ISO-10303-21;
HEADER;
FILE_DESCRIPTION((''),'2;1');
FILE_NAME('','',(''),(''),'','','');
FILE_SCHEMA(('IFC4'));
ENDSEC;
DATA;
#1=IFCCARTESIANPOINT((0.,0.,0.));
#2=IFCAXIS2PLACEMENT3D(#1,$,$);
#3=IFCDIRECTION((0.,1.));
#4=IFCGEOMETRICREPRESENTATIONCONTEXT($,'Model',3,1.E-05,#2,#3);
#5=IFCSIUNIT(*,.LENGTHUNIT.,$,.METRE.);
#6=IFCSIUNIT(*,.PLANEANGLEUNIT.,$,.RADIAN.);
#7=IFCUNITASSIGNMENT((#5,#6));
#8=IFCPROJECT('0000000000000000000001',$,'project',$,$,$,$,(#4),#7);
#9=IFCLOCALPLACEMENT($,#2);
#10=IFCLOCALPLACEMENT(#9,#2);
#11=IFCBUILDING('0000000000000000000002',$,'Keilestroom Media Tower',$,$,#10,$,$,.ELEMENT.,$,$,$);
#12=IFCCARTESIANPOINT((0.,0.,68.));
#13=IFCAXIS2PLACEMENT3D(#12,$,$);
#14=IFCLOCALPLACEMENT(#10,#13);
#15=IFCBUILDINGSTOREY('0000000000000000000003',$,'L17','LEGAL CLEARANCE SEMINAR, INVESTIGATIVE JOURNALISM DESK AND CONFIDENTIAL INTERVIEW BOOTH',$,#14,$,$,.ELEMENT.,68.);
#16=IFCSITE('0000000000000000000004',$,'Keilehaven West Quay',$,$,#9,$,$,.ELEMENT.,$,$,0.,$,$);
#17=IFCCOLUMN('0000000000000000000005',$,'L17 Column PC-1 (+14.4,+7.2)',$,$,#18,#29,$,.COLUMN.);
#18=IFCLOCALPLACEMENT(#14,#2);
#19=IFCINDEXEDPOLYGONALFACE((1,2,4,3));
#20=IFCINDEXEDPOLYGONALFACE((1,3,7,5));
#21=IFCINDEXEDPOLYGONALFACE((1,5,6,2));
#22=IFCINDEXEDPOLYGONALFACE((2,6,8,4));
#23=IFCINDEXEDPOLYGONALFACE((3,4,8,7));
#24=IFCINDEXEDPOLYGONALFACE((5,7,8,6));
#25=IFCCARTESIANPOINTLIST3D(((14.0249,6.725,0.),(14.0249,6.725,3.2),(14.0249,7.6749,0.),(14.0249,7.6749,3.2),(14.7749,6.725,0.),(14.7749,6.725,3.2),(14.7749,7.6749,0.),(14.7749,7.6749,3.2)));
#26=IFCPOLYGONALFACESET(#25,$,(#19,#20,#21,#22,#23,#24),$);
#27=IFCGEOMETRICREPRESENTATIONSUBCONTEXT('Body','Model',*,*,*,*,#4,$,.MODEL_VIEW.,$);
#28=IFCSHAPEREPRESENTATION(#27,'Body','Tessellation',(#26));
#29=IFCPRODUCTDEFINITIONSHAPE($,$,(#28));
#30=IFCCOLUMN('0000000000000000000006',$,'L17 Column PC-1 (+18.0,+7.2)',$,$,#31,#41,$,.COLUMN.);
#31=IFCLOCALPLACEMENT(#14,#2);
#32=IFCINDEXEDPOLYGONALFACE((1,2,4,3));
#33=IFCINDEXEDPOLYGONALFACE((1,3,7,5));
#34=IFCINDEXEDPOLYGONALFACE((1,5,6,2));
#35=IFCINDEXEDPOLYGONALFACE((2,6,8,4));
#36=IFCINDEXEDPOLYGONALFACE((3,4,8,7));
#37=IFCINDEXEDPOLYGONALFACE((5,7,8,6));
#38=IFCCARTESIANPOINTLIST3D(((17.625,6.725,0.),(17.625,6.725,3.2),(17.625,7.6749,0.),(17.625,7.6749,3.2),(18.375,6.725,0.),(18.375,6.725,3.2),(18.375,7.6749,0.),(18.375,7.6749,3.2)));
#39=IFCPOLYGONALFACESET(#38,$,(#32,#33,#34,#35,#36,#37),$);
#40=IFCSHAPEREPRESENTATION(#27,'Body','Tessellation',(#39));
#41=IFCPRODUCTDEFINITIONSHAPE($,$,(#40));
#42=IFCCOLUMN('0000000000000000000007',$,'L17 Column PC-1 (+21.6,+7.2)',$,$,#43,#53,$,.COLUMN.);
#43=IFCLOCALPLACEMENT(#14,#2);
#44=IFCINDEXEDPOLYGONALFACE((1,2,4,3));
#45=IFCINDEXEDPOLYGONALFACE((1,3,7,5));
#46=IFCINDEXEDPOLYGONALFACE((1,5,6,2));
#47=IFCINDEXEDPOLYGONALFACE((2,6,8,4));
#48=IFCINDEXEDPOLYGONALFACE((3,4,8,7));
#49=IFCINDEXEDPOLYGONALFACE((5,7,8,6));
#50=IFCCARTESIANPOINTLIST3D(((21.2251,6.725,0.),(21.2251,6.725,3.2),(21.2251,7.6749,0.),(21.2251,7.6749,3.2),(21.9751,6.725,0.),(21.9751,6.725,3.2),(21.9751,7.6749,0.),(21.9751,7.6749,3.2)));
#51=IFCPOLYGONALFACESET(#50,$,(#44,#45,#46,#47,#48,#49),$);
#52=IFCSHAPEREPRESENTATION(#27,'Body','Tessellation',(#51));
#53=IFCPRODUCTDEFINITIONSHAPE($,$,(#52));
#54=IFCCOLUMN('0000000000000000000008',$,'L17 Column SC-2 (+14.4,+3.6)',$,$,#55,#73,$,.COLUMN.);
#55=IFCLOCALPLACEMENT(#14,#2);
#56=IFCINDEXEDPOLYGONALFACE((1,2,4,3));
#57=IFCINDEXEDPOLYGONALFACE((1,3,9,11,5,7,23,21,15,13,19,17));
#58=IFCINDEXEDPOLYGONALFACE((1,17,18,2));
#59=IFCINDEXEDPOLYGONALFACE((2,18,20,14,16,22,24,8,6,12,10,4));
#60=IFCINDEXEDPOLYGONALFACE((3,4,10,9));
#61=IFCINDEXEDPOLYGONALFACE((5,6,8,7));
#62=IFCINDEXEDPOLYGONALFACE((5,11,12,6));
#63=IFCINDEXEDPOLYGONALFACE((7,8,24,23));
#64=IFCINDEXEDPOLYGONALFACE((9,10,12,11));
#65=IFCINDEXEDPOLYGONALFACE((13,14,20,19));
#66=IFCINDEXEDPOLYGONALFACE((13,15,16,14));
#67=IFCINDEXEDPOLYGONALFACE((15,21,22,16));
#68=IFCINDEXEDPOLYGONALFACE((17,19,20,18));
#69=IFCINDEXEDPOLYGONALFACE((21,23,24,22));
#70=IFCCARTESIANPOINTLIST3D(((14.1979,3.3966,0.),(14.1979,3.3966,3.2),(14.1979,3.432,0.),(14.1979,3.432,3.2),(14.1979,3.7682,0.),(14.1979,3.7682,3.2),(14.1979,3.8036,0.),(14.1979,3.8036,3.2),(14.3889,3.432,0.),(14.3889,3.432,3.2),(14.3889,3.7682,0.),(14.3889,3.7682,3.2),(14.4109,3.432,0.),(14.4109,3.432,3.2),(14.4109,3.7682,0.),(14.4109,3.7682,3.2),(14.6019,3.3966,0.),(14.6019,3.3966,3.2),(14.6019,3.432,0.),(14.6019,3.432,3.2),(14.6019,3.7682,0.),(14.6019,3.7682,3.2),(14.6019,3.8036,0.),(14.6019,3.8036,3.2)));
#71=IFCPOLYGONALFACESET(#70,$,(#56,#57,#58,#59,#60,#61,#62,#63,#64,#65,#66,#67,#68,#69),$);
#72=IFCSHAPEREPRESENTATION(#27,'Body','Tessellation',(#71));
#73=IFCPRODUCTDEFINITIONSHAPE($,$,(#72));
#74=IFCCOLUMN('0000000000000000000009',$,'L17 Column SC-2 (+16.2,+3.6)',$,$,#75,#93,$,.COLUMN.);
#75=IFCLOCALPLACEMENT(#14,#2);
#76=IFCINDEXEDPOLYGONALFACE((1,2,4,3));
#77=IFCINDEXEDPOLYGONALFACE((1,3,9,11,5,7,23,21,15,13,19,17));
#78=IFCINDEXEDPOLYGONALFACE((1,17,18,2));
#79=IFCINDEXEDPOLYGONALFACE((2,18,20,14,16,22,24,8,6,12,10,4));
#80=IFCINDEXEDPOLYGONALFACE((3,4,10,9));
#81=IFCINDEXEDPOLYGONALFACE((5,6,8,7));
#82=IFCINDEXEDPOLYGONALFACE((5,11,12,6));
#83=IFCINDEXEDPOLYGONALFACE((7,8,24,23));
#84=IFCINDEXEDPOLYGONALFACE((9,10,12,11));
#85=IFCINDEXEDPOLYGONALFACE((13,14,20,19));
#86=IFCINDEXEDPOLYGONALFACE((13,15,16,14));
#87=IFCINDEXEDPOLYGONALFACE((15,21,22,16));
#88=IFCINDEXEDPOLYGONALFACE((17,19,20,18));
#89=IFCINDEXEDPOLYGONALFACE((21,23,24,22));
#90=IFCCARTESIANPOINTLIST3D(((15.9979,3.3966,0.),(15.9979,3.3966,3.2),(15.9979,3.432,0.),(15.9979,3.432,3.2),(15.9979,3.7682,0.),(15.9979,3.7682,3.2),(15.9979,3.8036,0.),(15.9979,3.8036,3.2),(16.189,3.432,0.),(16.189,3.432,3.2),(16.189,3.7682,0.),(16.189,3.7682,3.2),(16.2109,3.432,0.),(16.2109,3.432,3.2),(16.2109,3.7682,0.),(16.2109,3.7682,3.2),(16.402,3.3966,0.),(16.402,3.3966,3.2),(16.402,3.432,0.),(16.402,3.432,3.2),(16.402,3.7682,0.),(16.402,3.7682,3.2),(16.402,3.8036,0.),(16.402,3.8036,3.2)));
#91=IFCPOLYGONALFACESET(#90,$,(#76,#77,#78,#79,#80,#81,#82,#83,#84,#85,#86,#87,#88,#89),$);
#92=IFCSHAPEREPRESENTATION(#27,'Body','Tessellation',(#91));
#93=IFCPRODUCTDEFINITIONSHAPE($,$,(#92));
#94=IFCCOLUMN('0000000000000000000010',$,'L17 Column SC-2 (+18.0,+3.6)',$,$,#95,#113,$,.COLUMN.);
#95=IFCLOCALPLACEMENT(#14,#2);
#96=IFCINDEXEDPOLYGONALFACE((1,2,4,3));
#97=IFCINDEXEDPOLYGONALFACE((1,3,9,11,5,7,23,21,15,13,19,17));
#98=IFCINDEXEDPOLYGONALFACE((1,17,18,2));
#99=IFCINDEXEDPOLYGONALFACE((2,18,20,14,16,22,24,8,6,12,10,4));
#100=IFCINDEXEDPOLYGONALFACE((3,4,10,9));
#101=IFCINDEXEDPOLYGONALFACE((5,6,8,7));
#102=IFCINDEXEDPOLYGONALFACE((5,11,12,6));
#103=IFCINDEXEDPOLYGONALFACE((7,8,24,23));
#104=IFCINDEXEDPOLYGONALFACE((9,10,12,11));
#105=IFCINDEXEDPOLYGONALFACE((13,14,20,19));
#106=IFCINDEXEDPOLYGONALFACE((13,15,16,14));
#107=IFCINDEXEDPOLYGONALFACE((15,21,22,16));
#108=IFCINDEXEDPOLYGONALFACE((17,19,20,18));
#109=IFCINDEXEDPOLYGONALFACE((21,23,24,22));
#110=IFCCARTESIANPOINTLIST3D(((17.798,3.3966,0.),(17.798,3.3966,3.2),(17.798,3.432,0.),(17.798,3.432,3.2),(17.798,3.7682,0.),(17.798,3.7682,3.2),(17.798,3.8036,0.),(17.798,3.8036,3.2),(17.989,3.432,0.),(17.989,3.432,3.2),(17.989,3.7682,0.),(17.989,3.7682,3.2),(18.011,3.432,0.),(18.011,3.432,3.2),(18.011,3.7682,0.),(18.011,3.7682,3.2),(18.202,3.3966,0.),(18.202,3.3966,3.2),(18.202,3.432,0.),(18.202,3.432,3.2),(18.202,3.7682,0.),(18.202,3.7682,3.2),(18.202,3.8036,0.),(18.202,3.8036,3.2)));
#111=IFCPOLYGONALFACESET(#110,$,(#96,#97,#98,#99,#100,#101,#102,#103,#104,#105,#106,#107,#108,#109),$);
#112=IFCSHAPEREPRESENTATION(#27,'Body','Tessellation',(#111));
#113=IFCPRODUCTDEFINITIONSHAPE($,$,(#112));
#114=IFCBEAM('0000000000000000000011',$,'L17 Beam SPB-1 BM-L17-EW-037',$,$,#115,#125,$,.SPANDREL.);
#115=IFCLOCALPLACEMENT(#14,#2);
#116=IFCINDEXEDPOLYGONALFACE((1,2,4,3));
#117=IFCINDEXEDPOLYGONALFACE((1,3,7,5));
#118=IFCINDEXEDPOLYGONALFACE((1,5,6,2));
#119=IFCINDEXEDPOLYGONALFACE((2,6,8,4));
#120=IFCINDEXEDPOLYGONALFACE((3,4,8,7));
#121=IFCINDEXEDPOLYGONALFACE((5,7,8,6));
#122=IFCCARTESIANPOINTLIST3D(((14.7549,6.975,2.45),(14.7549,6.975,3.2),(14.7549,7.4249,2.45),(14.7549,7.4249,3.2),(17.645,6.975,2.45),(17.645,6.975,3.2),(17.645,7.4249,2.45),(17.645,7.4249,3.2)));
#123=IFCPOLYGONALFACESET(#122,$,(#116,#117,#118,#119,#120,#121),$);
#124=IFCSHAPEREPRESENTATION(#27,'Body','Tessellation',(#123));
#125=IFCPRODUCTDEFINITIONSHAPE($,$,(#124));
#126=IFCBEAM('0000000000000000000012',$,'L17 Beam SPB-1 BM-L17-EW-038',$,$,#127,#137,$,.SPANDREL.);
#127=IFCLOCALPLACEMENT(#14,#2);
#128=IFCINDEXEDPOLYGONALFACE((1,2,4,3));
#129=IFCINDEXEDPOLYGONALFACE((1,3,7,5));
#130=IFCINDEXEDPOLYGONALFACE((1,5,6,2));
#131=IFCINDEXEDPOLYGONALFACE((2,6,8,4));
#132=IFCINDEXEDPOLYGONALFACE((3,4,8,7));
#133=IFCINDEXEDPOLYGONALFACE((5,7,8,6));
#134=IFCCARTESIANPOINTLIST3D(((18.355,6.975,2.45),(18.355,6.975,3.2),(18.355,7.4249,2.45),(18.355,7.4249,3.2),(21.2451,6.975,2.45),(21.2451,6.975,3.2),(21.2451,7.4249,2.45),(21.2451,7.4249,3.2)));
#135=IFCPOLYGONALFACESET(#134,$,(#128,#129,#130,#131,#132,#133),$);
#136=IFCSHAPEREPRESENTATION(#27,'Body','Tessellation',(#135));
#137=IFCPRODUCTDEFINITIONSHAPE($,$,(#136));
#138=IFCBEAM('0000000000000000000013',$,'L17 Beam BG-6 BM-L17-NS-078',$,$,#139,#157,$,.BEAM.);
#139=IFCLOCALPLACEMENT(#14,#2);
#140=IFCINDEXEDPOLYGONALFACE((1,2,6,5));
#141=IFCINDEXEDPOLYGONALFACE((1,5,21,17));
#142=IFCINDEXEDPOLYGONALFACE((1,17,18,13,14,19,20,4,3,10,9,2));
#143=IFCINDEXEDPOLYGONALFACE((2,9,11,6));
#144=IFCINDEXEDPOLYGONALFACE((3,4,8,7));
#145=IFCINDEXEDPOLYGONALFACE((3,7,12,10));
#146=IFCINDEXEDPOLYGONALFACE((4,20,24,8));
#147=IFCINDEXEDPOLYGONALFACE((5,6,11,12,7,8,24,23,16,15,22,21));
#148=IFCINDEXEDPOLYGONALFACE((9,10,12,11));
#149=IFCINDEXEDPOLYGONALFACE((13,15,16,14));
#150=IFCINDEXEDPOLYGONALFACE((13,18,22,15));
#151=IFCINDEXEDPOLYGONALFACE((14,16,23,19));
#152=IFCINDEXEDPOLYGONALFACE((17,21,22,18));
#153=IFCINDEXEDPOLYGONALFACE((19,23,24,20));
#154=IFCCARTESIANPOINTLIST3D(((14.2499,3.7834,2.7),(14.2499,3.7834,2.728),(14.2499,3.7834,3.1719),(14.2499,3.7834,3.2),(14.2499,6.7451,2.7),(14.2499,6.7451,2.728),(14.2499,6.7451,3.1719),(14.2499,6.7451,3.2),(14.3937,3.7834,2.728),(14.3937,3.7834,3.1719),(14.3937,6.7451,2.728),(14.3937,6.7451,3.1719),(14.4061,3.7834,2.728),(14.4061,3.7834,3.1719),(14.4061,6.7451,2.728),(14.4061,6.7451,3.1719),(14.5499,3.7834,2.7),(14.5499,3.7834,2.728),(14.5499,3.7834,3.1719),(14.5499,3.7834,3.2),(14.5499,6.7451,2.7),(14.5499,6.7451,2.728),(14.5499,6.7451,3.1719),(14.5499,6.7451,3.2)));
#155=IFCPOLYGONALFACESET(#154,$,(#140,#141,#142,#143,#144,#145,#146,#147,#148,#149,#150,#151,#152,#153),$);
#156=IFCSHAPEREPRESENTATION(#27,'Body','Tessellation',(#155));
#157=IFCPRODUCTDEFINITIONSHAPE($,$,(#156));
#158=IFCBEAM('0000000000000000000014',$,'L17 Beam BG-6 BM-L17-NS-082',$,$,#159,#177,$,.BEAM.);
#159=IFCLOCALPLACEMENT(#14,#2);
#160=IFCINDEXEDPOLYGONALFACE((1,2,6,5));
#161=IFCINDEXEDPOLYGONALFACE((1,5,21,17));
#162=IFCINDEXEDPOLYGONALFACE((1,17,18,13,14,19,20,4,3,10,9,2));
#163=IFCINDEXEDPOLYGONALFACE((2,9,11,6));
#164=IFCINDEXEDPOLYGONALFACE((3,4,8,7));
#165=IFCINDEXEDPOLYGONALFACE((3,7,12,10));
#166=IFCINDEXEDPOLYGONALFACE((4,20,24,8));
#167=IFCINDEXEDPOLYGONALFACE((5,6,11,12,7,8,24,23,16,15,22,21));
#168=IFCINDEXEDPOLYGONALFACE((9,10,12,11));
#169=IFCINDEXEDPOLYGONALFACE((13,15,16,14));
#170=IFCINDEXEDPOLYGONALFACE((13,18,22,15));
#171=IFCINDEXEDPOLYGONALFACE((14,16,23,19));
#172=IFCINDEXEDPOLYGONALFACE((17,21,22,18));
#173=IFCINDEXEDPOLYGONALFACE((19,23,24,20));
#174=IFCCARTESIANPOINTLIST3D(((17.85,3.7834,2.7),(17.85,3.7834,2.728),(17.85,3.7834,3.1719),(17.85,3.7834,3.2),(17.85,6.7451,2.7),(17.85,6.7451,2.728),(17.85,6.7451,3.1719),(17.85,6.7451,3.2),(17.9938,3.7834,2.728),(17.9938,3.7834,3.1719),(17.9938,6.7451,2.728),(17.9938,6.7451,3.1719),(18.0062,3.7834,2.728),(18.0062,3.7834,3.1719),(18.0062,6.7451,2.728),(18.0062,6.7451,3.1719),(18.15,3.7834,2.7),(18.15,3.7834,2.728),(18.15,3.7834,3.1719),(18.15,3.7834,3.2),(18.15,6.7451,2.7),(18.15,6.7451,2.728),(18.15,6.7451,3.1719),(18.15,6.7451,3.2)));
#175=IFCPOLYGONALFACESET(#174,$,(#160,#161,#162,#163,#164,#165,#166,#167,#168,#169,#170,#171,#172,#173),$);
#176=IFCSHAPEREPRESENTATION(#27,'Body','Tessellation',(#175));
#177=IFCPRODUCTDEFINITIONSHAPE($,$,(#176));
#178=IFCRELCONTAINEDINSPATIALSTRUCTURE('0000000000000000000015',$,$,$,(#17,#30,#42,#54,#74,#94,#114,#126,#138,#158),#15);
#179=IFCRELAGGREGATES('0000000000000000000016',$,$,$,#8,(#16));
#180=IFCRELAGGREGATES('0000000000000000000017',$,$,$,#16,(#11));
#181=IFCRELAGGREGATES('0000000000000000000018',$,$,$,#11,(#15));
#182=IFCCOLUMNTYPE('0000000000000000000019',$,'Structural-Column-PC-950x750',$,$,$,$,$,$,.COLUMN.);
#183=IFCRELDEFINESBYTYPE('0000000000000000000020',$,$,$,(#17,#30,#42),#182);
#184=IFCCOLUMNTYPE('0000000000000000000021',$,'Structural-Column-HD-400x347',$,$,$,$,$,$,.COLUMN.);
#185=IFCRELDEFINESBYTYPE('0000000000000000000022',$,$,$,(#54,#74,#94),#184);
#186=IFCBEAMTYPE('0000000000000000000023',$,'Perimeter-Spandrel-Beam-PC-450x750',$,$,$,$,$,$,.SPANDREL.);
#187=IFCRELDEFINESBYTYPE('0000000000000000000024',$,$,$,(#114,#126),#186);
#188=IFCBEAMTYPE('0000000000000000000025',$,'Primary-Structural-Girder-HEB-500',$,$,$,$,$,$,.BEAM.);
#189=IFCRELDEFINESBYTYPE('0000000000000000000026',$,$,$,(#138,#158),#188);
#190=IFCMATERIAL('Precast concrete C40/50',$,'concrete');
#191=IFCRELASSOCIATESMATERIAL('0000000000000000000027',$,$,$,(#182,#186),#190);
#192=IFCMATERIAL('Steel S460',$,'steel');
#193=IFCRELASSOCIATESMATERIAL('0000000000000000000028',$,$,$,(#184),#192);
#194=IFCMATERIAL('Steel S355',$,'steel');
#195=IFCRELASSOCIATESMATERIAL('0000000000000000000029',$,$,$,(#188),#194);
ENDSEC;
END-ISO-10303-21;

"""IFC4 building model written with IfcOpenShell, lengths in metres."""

from ifc_helpers import new_model, si_unit, direction, frame, origin, origin_2d, place, context, subcontext, project, spatial, rectangle, i_section, extrude, source, transform, mapped, material, material_profile, profile_set, type_object, element, save


model = new_model("IFC4")

# Units and contexts
model_context = context("Model", 3, precision=1e-05, world=origin(), true_north=direction((0.0, 1.0)))
body_context = subcontext(model_context, "Body", "Model", "MODEL_VIEW")
ifc_project = project(units=[si_unit("LENGTHUNIT", "METRE"), si_unit("PLANEANGLEUNIT", "RADIAN")], contexts=[model_context])

# Site, building, storey
site_placement = place(None, origin())
site = spatial("IfcSite", under=ifc_project, at=site_placement, Name="Keilehaven West Quay", CompositionType="ELEMENT", RefElevation=0.0)
building_placement = place(site_placement, origin())
building = spatial("IfcBuilding", under=site, at=building_placement, Name="Keilestroom Media Tower", CompositionType="ELEMENT")
storey_placement = place(building_placement, frame((0.0, 0.0, 68.0)))
storey = spatial("IfcBuildingStorey", under=building, at=storey_placement, Name="L17", Description="LEGAL CLEARANCE SEMINAR, INVESTIGATIVE JOURNALISM DESK AND CONFIDENTIAL INTERVIEW BOOTH", CompositionType="ELEMENT", Elevation=68.0)

# Columns
ifc_material_1 = material(Name="Precast concrete C40/50", Category="concrete")
ifc_material_profile_1 = material_profile(ifc_material_1, rectangle(XDim=0.75, YDim=0.95, at=origin_2d()), Name="PC 950x750")
ifc_profile_set_1 = profile_set([ifc_material_profile_1], Name="Precast concrete C40/50")
column_type_1 = type_object("IfcColumnType", Name="Structural-Column-PC-950x750", PredefinedType="COLUMN", material=ifc_profile_set_1)
shared_shape_1 = source(origin(), body_context, "Body", "SweptSolid", [
    extrude(rectangle(XDim=0.75, YDim=0.95, at=origin_2d()), origin(), (0.0, 0.0, 1.0), 3.2),
])
for number, where, z_axis, x_axis, name in (
    (1, (14.3999, 7.2, 0.0), (0.0, 0.0, 1.0), (1.0, 0.0, 0.0), "L17 Column PC-1 (+14.4,+7.2)"),
    (2, (18.0, 7.2, 0.0), (0.0, 0.0, 1.0), (1.0, 0.0, 0.0), "L17 Column PC-1 (+18.0,+7.2)"),
    (3, (21.6001, 7.2, 0.0), (0.0, 0.0, 1.0), (1.0, 0.0, 0.0), "L17 Column PC-1 (+21.6,+7.2)"),
):
    element("IfcColumn", number, at=place(storey_placement, frame(where, z_axis=z_axis, x_axis=x_axis)), inside=storey, type_object=column_type_1, Name=name, PredefinedType="COLUMN", context=body_context, shape_type="MappedRepresentation", body=[
        mapped(shared_shape_1, transform((0.0, 0.0, 0.0), x_axis=(1.0, 0.0, 0.0), y_axis=(0.0, 1.0, 0.0), z_axis=(0.0, 0.0, 1.0), scale=1.0)),
    ])
ifc_material_2 = material(Name="Steel S460", Category="steel")
ifc_material_profile_2 = material_profile(ifc_material_2, i_section(OverallWidth=0.4041, OverallDepth=0.407, WebThickness=0.022, FlangeThickness=0.0354, at=origin_2d()), Name="HD 400x347")
ifc_profile_set_2 = profile_set([ifc_material_profile_2], Name="Steel S460")
column_type_2 = type_object("IfcColumnType", Name="Structural-Column-HD-400x347", PredefinedType="COLUMN", material=ifc_profile_set_2)
shared_shape_2 = source(origin(), body_context, "Body", "SweptSolid", [
    extrude(i_section(OverallWidth=0.4041, OverallDepth=0.407, WebThickness=0.022, FlangeThickness=0.0354, at=origin_2d()), origin(), (0.0, 0.0, 1.0), 3.2),
])
for number, where, z_axis, x_axis, name in (
    (4, (14.3999, 3.6001, 0.0), (0.0, 0.0, 1.0), (1.0, 0.0, 0.0), "L17 Column SC-2 (+14.4,+3.6)"),
    (5, (16.2, 3.6001, 0.0), (0.0, 0.0, 1.0), (1.0, 0.0, 0.0), "L17 Column SC-2 (+16.2,+3.6)"),
    (6, (18.0, 3.6001, 0.0), (0.0, 0.0, 1.0), (1.0, 0.0, 0.0), "L17 Column SC-2 (+18.0,+3.6)"),
):
    element("IfcColumn", number, at=place(storey_placement, frame(where, z_axis=z_axis, x_axis=x_axis)), inside=storey, type_object=column_type_2, Name=name, PredefinedType="COLUMN", context=body_context, shape_type="MappedRepresentation", body=[
        mapped(shared_shape_2, transform((0.0, 0.0, 0.0), x_axis=(1.0, 0.0, 0.0), y_axis=(0.0, 1.0, 0.0), z_axis=(0.0, 0.0, 1.0), scale=1.0)),
    ])

# Beams
ifc_material_profile_3 = material_profile(ifc_material_1, rectangle(XDim=0.45, YDim=0.75, at=origin_2d()), Name="PC 450x750")
ifc_profile_set_3 = profile_set([ifc_material_profile_3], Name="Precast concrete C40/50")
beam_type_1 = type_object("IfcBeamType", Name="Perimeter-Spandrel-Beam-PC-450x750", PredefinedType="SPANDREL", material=ifc_profile_set_3)
shared_shape_3 = source(origin(), body_context, "Body", "SweptSolid", [
    extrude(rectangle(XDim=0.45, YDim=0.75, at=origin_2d()), origin(), (0.0, 0.0, 1.0), 2.8901),
])
for number, where, z_axis, x_axis, name in (
    (7, (14.7549, 7.2, 2.825), (1.0, 0.0, 0.0), (0.0, 1.0, 0.0), "L17 Beam SPB-1 BM-L17-EW-037"),
    (8, (18.355, 7.2, 2.825), (1.0, 0.0, 0.0), (0.0, 1.0, 0.0), "L17 Beam SPB-1 BM-L17-EW-038"),
):
    element("IfcBeam", number, at=place(storey_placement, frame(where, z_axis=z_axis, x_axis=x_axis)), inside=storey, type_object=beam_type_1, Name=name, PredefinedType="SPANDREL", context=body_context, shape_type="MappedRepresentation", body=[
        mapped(shared_shape_3, transform((0.0, 0.0, 0.0), x_axis=(1.0, 0.0, 0.0), y_axis=(0.0, 1.0, 0.0), z_axis=(0.0, 0.0, 1.0), scale=1.0)),
    ])
ifc_material_3 = material(Name="Steel S355", Category="steel")
ifc_material_profile_4 = material_profile(ifc_material_3, i_section(OverallWidth=0.3, OverallDepth=0.5, WebThickness=0.0125, FlangeThickness=0.0281, at=origin_2d()), Name="HEB 500")
ifc_profile_set_4 = profile_set([ifc_material_profile_4], Name="Steel S355")
beam_type_2 = type_object("IfcBeamType", Name="Primary-Structural-Girder-HEB-500", PredefinedType="BEAM", material=ifc_profile_set_4)
shared_shape_4 = source(origin(), body_context, "Body", "SweptSolid", [
    extrude(i_section(OverallWidth=0.3, OverallDepth=0.5, WebThickness=0.0125, FlangeThickness=0.0281, at=origin_2d()), origin(), (0.0, 0.0, 1.0), 2.9617),
])
for number, where, z_axis, x_axis, name in (
    (9, (14.3999, 3.7834, 2.95), (0.0, 1.0, 0.0), (-1.0, 0.0, 0.0), "L17 Beam BG-6 BM-L17-NS-078"),
    (10, (18.0, 3.7834, 2.95), (0.0, 1.0, 0.0), (-1.0, 0.0, 0.0), "L17 Beam BG-6 BM-L17-NS-082"),
):
    element("IfcBeam", number, at=place(storey_placement, frame(where, z_axis=z_axis, x_axis=x_axis)), inside=storey, type_object=beam_type_2, Name=name, PredefinedType="BEAM", context=body_context, shape_type="MappedRepresentation", body=[
        mapped(shared_shape_4, transform((0.0, 0.0, 0.0), x_axis=(1.0, 0.0, 0.0), y_axis=(0.0, 1.0, 0.0), z_axis=(0.0, 0.0, 1.0), scale=1.0)),
    ])

save(model, "model.ifc")
